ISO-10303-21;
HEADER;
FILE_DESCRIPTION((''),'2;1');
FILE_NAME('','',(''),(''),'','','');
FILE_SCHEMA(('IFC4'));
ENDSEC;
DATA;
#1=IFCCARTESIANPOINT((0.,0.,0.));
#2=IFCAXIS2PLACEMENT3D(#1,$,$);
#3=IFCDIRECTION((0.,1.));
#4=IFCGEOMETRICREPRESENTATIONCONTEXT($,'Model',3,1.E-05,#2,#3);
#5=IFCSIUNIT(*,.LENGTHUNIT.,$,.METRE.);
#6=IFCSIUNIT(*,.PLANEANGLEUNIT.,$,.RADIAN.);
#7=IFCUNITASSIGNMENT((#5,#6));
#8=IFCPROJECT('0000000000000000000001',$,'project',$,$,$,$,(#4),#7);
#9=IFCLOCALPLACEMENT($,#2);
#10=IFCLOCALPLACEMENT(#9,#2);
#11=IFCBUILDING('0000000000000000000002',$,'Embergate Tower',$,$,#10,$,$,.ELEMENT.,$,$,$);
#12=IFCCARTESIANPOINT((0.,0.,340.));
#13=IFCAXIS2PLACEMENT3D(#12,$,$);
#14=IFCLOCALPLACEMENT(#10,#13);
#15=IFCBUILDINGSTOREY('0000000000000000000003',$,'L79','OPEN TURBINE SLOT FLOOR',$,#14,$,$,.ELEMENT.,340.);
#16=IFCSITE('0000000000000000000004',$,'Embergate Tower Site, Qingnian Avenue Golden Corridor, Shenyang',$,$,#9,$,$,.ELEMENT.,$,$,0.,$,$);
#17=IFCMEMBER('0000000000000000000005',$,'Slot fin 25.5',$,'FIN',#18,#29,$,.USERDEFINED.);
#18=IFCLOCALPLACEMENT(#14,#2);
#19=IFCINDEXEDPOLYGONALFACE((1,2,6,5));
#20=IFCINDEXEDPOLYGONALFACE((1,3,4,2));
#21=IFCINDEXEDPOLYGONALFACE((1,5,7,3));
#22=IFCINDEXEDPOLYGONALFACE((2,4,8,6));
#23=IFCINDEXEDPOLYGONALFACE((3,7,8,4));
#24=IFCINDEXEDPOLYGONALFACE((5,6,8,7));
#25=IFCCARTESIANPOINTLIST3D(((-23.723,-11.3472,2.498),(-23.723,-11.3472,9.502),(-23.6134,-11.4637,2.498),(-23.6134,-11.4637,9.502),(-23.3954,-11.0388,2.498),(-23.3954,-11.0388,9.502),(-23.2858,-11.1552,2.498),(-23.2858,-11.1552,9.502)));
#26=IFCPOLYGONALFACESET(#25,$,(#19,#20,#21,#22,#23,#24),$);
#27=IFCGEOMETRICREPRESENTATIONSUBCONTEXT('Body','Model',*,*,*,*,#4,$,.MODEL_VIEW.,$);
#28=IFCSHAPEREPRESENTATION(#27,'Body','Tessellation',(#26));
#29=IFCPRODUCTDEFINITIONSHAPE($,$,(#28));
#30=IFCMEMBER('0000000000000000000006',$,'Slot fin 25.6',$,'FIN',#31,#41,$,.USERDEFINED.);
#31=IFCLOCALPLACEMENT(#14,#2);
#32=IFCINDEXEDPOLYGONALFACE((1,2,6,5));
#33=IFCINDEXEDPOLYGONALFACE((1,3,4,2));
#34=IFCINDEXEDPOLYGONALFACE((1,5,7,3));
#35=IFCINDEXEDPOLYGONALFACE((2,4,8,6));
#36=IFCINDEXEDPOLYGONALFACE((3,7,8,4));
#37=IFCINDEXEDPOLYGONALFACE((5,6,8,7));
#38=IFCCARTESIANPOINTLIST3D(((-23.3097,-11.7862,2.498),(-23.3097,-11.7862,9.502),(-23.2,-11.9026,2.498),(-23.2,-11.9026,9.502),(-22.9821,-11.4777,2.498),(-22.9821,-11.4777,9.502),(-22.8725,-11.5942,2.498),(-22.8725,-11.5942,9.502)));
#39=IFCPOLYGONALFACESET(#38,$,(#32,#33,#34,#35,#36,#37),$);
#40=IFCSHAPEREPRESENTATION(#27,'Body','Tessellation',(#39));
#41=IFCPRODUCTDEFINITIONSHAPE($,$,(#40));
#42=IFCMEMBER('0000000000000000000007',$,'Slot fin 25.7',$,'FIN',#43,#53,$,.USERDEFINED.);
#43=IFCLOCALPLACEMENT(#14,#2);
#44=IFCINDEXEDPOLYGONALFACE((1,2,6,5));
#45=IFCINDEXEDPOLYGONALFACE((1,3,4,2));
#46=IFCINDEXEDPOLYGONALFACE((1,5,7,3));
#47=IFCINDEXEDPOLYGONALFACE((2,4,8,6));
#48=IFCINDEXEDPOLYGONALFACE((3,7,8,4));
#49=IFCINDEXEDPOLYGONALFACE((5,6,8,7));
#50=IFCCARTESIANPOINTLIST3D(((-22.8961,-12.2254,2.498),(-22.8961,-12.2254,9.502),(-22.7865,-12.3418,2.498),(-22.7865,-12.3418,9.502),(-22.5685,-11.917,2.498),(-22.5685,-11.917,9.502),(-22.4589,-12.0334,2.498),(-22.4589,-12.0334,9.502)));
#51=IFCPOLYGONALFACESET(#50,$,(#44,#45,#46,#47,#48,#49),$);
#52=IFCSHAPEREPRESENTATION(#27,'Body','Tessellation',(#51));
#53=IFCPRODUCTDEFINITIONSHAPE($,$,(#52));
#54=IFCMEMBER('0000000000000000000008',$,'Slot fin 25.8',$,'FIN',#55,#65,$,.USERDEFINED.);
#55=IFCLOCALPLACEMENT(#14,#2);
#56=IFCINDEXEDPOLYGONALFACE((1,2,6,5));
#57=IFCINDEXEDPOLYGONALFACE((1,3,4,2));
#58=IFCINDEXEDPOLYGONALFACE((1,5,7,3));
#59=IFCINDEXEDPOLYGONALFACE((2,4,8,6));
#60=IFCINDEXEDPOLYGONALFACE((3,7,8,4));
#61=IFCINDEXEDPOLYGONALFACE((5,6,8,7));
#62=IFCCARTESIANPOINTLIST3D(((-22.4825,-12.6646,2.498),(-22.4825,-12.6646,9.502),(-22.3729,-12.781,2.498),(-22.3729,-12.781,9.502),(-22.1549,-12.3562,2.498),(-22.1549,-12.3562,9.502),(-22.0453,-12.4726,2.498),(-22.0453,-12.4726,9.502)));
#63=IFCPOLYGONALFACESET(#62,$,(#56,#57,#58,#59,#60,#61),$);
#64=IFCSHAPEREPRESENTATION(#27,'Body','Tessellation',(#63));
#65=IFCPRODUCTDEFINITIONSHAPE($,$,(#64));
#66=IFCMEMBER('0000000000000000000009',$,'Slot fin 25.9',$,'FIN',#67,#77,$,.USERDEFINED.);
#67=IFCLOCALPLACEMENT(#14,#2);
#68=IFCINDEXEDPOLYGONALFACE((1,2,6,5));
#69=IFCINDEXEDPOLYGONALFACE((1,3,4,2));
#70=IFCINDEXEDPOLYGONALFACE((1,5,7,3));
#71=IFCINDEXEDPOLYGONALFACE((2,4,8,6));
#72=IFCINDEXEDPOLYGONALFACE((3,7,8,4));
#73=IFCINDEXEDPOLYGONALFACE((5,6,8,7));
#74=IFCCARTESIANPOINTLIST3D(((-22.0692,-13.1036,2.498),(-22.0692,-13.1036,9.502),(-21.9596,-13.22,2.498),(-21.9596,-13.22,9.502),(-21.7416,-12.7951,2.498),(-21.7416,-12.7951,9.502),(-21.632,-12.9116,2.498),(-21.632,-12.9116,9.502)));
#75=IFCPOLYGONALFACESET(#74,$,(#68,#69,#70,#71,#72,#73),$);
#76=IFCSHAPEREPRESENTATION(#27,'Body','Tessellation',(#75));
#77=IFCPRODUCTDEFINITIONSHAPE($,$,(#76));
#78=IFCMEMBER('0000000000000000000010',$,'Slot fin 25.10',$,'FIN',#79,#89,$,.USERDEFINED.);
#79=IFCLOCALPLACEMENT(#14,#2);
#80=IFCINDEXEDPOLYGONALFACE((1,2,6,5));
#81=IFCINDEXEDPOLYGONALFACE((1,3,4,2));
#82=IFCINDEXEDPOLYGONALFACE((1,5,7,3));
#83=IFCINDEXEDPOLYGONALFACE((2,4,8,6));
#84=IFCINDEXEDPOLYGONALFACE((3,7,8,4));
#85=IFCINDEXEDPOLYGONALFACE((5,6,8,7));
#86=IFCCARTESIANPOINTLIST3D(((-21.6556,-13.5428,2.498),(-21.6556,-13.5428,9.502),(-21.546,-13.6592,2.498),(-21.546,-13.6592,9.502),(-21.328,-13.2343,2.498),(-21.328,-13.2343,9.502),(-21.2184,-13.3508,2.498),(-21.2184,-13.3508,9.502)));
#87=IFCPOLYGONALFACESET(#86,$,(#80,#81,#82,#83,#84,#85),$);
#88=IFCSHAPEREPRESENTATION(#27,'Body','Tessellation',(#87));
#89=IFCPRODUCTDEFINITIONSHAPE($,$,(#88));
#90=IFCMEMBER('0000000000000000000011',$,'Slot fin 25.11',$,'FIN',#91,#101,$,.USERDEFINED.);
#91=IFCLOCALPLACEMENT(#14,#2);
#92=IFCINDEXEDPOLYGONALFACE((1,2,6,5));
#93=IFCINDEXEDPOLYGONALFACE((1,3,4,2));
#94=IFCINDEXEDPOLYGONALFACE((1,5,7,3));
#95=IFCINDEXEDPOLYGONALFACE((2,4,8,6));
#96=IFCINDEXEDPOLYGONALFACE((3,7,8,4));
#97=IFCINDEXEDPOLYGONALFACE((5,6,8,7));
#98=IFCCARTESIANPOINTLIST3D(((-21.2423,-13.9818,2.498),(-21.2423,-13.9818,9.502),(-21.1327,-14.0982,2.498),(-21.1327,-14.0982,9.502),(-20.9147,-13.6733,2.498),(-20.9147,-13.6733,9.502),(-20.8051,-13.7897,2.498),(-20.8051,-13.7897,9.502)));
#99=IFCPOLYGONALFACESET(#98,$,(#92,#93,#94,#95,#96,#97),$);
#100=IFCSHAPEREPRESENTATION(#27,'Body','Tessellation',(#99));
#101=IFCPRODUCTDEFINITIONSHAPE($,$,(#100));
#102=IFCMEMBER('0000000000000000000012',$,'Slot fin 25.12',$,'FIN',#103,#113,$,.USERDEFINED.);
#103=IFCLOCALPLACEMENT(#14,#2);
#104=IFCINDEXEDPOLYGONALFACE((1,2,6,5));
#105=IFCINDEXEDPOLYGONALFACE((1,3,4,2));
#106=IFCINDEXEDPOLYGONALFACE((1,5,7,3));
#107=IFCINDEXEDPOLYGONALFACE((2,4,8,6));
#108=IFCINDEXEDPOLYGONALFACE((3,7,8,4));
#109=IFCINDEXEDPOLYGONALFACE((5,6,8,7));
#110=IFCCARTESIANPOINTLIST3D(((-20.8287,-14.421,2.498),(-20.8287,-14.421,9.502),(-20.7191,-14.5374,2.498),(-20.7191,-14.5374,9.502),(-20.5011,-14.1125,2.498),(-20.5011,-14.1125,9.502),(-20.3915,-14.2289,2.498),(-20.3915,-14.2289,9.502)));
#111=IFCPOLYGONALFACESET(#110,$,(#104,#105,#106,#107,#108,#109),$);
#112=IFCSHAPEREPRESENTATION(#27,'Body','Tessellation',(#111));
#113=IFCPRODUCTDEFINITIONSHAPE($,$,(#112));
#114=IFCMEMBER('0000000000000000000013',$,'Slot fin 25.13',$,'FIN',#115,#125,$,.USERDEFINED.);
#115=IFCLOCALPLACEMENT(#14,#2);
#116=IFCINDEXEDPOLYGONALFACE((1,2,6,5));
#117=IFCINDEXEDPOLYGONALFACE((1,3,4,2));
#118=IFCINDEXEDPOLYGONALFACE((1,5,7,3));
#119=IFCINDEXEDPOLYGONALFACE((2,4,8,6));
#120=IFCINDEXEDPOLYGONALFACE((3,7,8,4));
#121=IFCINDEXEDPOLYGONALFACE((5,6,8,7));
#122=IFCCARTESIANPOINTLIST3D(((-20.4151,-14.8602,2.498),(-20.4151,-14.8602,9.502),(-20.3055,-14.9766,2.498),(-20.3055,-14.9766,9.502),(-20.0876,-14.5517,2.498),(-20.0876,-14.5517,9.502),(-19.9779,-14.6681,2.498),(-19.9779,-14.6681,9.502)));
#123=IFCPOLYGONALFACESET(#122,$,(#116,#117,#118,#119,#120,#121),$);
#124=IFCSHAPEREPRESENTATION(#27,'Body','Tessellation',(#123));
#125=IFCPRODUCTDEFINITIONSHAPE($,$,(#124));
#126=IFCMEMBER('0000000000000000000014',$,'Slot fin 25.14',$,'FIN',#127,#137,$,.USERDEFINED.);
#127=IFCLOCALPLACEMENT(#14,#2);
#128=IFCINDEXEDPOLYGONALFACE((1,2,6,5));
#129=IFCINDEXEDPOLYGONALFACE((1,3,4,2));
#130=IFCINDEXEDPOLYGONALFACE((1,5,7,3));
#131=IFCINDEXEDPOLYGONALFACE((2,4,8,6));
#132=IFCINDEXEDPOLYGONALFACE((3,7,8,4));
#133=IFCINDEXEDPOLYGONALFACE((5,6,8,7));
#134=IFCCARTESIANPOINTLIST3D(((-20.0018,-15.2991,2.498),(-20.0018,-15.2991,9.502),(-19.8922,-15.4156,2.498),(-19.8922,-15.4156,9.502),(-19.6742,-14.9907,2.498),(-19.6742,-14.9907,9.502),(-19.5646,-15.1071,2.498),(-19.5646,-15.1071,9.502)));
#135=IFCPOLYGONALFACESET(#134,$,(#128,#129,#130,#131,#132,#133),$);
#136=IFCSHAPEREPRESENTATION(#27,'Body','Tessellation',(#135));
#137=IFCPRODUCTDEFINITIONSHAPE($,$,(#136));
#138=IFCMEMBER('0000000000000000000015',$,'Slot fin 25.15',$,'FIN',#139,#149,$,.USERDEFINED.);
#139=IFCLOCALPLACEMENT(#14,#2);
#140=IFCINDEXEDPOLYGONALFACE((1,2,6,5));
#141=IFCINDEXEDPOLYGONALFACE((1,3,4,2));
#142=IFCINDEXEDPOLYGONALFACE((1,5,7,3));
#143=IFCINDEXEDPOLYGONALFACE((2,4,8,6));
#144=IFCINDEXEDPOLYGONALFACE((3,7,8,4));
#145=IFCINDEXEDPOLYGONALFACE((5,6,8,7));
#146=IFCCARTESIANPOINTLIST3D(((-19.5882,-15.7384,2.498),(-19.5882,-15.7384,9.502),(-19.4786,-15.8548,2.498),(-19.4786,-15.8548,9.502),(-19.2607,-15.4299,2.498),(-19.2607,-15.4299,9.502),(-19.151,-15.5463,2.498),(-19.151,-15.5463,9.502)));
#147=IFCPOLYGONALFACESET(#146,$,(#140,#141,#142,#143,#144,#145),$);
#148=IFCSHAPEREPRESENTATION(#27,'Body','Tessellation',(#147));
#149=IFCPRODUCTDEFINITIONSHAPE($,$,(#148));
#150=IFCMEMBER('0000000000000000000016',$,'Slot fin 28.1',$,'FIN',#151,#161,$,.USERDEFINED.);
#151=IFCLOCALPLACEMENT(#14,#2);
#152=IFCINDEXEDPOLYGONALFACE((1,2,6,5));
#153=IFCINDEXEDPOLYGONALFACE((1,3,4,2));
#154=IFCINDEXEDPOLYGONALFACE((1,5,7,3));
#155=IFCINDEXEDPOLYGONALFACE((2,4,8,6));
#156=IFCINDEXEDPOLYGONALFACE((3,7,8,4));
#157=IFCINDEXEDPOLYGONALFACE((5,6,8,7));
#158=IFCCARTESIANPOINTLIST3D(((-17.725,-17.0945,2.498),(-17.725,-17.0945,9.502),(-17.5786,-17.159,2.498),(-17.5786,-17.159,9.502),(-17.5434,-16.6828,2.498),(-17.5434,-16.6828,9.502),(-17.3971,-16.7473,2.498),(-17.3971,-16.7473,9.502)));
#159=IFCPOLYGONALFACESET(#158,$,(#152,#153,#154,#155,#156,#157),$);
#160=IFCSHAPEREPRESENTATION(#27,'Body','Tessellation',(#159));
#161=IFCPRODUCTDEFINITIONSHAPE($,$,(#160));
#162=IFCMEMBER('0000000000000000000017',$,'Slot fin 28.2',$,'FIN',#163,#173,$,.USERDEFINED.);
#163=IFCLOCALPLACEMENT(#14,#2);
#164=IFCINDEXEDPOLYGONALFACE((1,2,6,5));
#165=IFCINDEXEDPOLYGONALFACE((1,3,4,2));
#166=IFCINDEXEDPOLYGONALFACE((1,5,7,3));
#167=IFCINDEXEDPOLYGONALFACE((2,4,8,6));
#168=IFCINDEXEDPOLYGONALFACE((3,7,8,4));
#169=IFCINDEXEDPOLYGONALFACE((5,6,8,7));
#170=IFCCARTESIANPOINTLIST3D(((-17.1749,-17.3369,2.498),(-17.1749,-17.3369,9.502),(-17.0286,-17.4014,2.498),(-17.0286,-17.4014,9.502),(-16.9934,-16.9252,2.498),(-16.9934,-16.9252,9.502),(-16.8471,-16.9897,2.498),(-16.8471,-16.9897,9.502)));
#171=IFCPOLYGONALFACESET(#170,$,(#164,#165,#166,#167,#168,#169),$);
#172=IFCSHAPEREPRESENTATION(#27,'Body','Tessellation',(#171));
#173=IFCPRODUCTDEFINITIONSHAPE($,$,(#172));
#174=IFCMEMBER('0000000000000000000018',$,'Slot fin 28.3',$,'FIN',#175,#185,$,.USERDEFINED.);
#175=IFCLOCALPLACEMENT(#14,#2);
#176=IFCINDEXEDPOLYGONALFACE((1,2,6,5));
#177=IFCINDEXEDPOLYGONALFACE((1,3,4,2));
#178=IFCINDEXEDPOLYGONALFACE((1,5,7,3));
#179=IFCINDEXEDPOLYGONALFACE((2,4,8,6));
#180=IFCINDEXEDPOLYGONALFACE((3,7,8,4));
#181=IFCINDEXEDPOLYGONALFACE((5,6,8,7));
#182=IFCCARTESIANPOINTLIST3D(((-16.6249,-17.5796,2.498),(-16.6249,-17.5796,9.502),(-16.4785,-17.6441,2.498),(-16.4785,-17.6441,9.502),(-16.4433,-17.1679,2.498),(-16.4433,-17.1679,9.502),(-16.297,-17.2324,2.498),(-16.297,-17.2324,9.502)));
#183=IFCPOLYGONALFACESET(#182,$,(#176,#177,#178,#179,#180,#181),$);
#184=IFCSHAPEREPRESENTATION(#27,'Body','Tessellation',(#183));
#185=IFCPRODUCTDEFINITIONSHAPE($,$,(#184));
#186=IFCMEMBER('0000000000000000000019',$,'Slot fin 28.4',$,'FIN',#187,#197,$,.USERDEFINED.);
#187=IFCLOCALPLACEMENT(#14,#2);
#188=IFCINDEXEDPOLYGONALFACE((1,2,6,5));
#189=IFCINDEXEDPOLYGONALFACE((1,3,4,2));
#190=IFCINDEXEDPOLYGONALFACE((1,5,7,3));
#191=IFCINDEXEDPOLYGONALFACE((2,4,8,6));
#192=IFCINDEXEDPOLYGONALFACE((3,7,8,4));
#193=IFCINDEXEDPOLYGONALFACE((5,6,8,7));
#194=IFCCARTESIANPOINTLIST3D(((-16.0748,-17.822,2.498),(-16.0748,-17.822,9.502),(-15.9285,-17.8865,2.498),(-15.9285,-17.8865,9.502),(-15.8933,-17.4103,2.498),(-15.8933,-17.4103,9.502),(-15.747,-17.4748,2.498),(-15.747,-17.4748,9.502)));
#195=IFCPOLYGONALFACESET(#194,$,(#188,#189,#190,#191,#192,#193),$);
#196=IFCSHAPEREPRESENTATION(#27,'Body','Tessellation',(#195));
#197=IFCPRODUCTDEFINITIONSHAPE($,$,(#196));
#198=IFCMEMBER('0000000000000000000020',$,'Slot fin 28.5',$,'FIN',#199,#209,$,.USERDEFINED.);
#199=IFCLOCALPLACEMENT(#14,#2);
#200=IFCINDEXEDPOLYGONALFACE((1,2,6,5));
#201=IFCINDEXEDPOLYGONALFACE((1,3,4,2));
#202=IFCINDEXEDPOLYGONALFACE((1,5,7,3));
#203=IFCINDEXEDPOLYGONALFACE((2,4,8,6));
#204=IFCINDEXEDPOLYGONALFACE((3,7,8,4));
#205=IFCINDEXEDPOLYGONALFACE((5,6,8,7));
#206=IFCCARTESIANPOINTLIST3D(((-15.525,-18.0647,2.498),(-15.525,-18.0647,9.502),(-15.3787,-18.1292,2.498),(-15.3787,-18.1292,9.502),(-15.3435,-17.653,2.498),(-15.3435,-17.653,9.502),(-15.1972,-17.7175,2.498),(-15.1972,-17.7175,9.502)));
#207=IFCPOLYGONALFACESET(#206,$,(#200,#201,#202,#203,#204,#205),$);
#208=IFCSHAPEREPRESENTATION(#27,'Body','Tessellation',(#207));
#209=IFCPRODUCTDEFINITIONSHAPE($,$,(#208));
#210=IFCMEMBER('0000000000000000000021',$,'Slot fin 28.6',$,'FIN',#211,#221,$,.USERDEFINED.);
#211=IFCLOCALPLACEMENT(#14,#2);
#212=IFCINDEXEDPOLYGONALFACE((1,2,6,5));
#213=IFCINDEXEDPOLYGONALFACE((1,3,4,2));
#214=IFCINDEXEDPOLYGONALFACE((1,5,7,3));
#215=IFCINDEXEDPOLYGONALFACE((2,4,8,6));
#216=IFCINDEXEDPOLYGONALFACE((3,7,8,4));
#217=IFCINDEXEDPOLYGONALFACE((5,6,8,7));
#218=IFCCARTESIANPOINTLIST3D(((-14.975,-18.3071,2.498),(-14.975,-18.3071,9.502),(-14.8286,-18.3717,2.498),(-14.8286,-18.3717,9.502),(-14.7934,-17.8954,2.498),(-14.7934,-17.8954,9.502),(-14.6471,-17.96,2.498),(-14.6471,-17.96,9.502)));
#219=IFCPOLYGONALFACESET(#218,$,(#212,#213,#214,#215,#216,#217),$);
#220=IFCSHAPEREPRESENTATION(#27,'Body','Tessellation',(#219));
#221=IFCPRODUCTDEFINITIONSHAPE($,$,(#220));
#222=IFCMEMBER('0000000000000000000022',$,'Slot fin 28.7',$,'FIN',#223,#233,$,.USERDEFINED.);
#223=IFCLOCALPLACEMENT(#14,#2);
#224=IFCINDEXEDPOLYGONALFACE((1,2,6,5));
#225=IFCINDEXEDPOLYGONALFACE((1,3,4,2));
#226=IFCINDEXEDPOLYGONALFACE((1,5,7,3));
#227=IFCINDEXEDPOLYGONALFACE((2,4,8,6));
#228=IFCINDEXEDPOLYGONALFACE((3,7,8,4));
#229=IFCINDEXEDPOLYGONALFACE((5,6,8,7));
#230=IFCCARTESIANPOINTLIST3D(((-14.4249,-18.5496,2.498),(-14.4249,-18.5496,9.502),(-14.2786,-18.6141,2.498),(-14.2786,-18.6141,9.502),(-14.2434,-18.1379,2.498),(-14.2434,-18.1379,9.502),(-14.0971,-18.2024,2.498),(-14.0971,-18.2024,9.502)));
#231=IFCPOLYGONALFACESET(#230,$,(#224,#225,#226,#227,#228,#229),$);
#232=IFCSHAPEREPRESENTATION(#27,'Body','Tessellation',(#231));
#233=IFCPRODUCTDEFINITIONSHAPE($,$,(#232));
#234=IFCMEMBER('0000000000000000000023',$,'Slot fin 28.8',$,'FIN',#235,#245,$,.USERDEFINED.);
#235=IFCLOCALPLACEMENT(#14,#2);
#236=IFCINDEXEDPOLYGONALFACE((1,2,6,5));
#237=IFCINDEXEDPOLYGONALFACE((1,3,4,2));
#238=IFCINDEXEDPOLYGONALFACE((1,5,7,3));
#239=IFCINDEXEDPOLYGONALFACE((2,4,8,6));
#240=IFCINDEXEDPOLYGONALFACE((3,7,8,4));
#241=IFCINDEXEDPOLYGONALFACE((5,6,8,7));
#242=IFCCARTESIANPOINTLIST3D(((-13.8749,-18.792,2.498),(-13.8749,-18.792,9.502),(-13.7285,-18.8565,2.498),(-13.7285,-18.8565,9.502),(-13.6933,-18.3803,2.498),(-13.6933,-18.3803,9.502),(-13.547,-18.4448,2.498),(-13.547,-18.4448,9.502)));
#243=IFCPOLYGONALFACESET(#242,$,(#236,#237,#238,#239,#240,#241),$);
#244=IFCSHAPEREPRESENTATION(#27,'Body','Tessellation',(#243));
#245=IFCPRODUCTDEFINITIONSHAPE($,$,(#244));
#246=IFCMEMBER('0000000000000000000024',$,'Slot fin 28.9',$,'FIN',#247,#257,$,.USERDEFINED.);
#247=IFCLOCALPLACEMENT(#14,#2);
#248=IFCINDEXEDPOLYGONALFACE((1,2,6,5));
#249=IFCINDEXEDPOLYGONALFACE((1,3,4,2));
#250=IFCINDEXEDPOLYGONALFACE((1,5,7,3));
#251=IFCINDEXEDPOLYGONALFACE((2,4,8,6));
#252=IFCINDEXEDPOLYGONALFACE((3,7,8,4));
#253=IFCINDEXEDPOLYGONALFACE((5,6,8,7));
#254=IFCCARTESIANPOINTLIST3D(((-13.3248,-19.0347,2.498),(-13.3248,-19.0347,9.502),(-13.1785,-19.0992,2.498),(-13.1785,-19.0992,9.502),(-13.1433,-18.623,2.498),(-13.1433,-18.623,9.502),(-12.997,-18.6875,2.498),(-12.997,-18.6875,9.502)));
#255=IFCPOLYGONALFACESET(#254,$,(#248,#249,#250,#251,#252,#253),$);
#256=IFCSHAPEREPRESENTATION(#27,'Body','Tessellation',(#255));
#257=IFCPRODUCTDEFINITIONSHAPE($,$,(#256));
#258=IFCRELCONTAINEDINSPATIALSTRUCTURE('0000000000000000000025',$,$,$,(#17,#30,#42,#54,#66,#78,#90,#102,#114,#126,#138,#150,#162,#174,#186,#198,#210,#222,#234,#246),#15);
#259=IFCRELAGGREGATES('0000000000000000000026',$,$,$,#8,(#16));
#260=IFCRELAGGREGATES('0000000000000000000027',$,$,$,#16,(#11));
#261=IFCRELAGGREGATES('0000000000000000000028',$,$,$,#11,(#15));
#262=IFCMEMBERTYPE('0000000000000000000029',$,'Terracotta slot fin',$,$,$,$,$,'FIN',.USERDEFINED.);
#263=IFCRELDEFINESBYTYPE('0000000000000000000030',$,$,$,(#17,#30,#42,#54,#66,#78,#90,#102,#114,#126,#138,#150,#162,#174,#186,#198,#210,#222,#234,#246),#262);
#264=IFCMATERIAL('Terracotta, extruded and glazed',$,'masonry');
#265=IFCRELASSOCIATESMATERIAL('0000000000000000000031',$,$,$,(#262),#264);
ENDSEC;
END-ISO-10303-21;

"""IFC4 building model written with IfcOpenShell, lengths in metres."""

from ifc_helpers import new_model, si_unit, direction, frame, origin, origin_2d, place, context, subcontext, project, spatial, rectangle, extrude, source, transform, mapped, material, material_profile, profile_set, type_object, element, save


model = new_model("IFC4")

# Units and contexts
model_context = context("Model", 3, precision=1e-05, world=origin(), true_north=direction((0.0, 1.0)))
body_context = subcontext(model_context, "Body", "Model", "MODEL_VIEW")
ifc_project = project(units=[si_unit("LENGTHUNIT", "METRE"), si_unit("PLANEANGLEUNIT", "RADIAN")], contexts=[model_context])

# Site, building, storey
site_placement = place(None, origin())
site = spatial("IfcSite", under=ifc_project, at=site_placement, Name="Embergate Tower Site, Qingnian Avenue Golden Corridor, Shenyang", CompositionType="ELEMENT", RefElevation=0.0)
building_placement = place(site_placement, origin())
building = spatial("IfcBuilding", under=site, at=building_placement, Name="Embergate Tower", CompositionType="ELEMENT")
storey_placement = place(building_placement, frame((0.0, 0.0, 340.0)))
storey = spatial("IfcBuildingStorey", under=building, at=storey_placement, Name="L79", Description="OPEN TURBINE SLOT FLOOR", CompositionType="ELEMENT", Elevation=340.0)

# Members
ifc_material_1 = material(Name="Terracotta, extruded and glazed", Category="masonry")
ifc_material_profile_1 = material_profile(ifc_material_1, rectangle(XDim=0.45, YDim=0.1599, at=origin_2d()), Name="TC 450x160")
ifc_profile_set_1 = profile_set([ifc_material_profile_1], Name="Terracotta, extruded and glazed")
member_type_1 = type_object("IfcMemberType", Name="Terracotta slot fin", ElementType="FIN", PredefinedType="USERDEFINED", material=ifc_profile_set_1)
shared_shape_1 = source(origin(), body_context, "Body", "SweptSolid", [
    extrude(rectangle(XDim=0.45, YDim=0.1599, at=origin_2d()), origin(), (0.0, 0.0, 1.0), 7.0039),
])
for number, where, z_axis, x_axis, name in (
    (1, (-23.5044, -11.2512, 2.498), (0.0, 0.0, 1.0), (0.728041, 0.685534, 0.0), "Slot fin 25.5"),
    (2, (-23.0911, -11.6902, 2.498), (0.0, 0.0, 1.0), (0.728041, 0.685534, 0.0), "Slot fin 25.6"),
    (3, (-22.6775, -12.1294, 2.498), (0.0, 0.0, 1.0), (0.728041, 0.685534, 0.0), "Slot fin 25.7"),
    (4, (-22.2639, -12.5686, 2.498), (0.0, 0.0, 1.0), (0.728041, 0.685534, 0.0), "Slot fin 25.8"),
    (5, (-21.8506, -13.0076, 2.498), (0.0, 0.0, 1.0), (0.728041, 0.685534, 0.0), "Slot fin 25.9"),
    (6, (-21.437, -13.4468, 2.498), (0.0, 0.0, 1.0), (0.728041, 0.685534, 0.0), "Slot fin 25.10"),
    (7, (-21.0237, -13.8857, 2.498), (0.0, 0.0, 1.0), (0.728041, 0.685534, 0.0), "Slot fin 25.11"),
    (8, (-20.6101, -14.325, 2.498), (0.0, 0.0, 1.0), (0.728041, 0.685534, 0.0), "Slot fin 25.12"),
    (9, (-20.1965, -14.7642, 2.498), (0.0, 0.0, 1.0), (0.728041, 0.685534, 0.0), "Slot fin 25.13"),
    (10, (-19.7832, -15.2031, 2.498), (0.0, 0.0, 1.0), (0.728041, 0.685534, 0.0), "Slot fin 25.14"),
    (11, (-19.3696, -15.6423, 2.498), (0.0, 0.0, 1.0), (0.728041, 0.685534, 0.0), "Slot fin 25.15"),
    (12, (-17.561, -16.9209, 2.498), (0.0, 0.0, 1.0), (0.403451, 0.915001, 0.0), "Slot fin 28.1"),
    (13, (-17.011, -17.1633, 2.498), (0.0, 0.0, 1.0), (0.403451, 0.915001, 0.0), "Slot fin 28.2"),
    (14, (-16.4609, -17.406, 2.498), (0.0, 0.0, 1.0), (0.403451, 0.915001, 0.0), "Slot fin 28.3"),
    (15, (-15.9109, -17.6484, 2.498), (0.0, 0.0, 1.0), (0.403451, 0.915001, 0.0), "Slot fin 28.4"),
    (16, (-15.3611, -17.8911, 2.498), (0.0, 0.0, 1.0), (0.403451, 0.915001, 0.0), "Slot fin 28.5"),
    (17, (-14.811, -18.1335, 2.498), (0.0, 0.0, 1.0), (0.403451, 0.915001, 0.0), "Slot fin 28.6"),
    (18, (-14.261, -18.376, 2.498), (0.0, 0.0, 1.0), (0.403451, 0.915001, 0.0), "Slot fin 28.7"),
    (19, (-13.7109, -18.6184, 2.498), (0.0, 0.0, 1.0), (0.403451, 0.915001, 0.0), "Slot fin 28.8"),
    (20, (-13.1609, -18.8611, 2.498), (0.0, 0.0, 1.0), (0.403451, 0.915001, 0.0), "Slot fin 28.9"),
):
    element("IfcMember", number, at=place(storey_placement, frame(where, z_axis=z_axis, x_axis=x_axis)), inside=storey, type_object=member_type_1, Name=name, ObjectType="FIN", PredefinedType="USERDEFINED", context=body_context, shape_type="MappedRepresentation", body=[
        mapped(shared_shape_1, transform((0.0, 0.0, 0.0))),
    ])

save(model, "model.ifc")
